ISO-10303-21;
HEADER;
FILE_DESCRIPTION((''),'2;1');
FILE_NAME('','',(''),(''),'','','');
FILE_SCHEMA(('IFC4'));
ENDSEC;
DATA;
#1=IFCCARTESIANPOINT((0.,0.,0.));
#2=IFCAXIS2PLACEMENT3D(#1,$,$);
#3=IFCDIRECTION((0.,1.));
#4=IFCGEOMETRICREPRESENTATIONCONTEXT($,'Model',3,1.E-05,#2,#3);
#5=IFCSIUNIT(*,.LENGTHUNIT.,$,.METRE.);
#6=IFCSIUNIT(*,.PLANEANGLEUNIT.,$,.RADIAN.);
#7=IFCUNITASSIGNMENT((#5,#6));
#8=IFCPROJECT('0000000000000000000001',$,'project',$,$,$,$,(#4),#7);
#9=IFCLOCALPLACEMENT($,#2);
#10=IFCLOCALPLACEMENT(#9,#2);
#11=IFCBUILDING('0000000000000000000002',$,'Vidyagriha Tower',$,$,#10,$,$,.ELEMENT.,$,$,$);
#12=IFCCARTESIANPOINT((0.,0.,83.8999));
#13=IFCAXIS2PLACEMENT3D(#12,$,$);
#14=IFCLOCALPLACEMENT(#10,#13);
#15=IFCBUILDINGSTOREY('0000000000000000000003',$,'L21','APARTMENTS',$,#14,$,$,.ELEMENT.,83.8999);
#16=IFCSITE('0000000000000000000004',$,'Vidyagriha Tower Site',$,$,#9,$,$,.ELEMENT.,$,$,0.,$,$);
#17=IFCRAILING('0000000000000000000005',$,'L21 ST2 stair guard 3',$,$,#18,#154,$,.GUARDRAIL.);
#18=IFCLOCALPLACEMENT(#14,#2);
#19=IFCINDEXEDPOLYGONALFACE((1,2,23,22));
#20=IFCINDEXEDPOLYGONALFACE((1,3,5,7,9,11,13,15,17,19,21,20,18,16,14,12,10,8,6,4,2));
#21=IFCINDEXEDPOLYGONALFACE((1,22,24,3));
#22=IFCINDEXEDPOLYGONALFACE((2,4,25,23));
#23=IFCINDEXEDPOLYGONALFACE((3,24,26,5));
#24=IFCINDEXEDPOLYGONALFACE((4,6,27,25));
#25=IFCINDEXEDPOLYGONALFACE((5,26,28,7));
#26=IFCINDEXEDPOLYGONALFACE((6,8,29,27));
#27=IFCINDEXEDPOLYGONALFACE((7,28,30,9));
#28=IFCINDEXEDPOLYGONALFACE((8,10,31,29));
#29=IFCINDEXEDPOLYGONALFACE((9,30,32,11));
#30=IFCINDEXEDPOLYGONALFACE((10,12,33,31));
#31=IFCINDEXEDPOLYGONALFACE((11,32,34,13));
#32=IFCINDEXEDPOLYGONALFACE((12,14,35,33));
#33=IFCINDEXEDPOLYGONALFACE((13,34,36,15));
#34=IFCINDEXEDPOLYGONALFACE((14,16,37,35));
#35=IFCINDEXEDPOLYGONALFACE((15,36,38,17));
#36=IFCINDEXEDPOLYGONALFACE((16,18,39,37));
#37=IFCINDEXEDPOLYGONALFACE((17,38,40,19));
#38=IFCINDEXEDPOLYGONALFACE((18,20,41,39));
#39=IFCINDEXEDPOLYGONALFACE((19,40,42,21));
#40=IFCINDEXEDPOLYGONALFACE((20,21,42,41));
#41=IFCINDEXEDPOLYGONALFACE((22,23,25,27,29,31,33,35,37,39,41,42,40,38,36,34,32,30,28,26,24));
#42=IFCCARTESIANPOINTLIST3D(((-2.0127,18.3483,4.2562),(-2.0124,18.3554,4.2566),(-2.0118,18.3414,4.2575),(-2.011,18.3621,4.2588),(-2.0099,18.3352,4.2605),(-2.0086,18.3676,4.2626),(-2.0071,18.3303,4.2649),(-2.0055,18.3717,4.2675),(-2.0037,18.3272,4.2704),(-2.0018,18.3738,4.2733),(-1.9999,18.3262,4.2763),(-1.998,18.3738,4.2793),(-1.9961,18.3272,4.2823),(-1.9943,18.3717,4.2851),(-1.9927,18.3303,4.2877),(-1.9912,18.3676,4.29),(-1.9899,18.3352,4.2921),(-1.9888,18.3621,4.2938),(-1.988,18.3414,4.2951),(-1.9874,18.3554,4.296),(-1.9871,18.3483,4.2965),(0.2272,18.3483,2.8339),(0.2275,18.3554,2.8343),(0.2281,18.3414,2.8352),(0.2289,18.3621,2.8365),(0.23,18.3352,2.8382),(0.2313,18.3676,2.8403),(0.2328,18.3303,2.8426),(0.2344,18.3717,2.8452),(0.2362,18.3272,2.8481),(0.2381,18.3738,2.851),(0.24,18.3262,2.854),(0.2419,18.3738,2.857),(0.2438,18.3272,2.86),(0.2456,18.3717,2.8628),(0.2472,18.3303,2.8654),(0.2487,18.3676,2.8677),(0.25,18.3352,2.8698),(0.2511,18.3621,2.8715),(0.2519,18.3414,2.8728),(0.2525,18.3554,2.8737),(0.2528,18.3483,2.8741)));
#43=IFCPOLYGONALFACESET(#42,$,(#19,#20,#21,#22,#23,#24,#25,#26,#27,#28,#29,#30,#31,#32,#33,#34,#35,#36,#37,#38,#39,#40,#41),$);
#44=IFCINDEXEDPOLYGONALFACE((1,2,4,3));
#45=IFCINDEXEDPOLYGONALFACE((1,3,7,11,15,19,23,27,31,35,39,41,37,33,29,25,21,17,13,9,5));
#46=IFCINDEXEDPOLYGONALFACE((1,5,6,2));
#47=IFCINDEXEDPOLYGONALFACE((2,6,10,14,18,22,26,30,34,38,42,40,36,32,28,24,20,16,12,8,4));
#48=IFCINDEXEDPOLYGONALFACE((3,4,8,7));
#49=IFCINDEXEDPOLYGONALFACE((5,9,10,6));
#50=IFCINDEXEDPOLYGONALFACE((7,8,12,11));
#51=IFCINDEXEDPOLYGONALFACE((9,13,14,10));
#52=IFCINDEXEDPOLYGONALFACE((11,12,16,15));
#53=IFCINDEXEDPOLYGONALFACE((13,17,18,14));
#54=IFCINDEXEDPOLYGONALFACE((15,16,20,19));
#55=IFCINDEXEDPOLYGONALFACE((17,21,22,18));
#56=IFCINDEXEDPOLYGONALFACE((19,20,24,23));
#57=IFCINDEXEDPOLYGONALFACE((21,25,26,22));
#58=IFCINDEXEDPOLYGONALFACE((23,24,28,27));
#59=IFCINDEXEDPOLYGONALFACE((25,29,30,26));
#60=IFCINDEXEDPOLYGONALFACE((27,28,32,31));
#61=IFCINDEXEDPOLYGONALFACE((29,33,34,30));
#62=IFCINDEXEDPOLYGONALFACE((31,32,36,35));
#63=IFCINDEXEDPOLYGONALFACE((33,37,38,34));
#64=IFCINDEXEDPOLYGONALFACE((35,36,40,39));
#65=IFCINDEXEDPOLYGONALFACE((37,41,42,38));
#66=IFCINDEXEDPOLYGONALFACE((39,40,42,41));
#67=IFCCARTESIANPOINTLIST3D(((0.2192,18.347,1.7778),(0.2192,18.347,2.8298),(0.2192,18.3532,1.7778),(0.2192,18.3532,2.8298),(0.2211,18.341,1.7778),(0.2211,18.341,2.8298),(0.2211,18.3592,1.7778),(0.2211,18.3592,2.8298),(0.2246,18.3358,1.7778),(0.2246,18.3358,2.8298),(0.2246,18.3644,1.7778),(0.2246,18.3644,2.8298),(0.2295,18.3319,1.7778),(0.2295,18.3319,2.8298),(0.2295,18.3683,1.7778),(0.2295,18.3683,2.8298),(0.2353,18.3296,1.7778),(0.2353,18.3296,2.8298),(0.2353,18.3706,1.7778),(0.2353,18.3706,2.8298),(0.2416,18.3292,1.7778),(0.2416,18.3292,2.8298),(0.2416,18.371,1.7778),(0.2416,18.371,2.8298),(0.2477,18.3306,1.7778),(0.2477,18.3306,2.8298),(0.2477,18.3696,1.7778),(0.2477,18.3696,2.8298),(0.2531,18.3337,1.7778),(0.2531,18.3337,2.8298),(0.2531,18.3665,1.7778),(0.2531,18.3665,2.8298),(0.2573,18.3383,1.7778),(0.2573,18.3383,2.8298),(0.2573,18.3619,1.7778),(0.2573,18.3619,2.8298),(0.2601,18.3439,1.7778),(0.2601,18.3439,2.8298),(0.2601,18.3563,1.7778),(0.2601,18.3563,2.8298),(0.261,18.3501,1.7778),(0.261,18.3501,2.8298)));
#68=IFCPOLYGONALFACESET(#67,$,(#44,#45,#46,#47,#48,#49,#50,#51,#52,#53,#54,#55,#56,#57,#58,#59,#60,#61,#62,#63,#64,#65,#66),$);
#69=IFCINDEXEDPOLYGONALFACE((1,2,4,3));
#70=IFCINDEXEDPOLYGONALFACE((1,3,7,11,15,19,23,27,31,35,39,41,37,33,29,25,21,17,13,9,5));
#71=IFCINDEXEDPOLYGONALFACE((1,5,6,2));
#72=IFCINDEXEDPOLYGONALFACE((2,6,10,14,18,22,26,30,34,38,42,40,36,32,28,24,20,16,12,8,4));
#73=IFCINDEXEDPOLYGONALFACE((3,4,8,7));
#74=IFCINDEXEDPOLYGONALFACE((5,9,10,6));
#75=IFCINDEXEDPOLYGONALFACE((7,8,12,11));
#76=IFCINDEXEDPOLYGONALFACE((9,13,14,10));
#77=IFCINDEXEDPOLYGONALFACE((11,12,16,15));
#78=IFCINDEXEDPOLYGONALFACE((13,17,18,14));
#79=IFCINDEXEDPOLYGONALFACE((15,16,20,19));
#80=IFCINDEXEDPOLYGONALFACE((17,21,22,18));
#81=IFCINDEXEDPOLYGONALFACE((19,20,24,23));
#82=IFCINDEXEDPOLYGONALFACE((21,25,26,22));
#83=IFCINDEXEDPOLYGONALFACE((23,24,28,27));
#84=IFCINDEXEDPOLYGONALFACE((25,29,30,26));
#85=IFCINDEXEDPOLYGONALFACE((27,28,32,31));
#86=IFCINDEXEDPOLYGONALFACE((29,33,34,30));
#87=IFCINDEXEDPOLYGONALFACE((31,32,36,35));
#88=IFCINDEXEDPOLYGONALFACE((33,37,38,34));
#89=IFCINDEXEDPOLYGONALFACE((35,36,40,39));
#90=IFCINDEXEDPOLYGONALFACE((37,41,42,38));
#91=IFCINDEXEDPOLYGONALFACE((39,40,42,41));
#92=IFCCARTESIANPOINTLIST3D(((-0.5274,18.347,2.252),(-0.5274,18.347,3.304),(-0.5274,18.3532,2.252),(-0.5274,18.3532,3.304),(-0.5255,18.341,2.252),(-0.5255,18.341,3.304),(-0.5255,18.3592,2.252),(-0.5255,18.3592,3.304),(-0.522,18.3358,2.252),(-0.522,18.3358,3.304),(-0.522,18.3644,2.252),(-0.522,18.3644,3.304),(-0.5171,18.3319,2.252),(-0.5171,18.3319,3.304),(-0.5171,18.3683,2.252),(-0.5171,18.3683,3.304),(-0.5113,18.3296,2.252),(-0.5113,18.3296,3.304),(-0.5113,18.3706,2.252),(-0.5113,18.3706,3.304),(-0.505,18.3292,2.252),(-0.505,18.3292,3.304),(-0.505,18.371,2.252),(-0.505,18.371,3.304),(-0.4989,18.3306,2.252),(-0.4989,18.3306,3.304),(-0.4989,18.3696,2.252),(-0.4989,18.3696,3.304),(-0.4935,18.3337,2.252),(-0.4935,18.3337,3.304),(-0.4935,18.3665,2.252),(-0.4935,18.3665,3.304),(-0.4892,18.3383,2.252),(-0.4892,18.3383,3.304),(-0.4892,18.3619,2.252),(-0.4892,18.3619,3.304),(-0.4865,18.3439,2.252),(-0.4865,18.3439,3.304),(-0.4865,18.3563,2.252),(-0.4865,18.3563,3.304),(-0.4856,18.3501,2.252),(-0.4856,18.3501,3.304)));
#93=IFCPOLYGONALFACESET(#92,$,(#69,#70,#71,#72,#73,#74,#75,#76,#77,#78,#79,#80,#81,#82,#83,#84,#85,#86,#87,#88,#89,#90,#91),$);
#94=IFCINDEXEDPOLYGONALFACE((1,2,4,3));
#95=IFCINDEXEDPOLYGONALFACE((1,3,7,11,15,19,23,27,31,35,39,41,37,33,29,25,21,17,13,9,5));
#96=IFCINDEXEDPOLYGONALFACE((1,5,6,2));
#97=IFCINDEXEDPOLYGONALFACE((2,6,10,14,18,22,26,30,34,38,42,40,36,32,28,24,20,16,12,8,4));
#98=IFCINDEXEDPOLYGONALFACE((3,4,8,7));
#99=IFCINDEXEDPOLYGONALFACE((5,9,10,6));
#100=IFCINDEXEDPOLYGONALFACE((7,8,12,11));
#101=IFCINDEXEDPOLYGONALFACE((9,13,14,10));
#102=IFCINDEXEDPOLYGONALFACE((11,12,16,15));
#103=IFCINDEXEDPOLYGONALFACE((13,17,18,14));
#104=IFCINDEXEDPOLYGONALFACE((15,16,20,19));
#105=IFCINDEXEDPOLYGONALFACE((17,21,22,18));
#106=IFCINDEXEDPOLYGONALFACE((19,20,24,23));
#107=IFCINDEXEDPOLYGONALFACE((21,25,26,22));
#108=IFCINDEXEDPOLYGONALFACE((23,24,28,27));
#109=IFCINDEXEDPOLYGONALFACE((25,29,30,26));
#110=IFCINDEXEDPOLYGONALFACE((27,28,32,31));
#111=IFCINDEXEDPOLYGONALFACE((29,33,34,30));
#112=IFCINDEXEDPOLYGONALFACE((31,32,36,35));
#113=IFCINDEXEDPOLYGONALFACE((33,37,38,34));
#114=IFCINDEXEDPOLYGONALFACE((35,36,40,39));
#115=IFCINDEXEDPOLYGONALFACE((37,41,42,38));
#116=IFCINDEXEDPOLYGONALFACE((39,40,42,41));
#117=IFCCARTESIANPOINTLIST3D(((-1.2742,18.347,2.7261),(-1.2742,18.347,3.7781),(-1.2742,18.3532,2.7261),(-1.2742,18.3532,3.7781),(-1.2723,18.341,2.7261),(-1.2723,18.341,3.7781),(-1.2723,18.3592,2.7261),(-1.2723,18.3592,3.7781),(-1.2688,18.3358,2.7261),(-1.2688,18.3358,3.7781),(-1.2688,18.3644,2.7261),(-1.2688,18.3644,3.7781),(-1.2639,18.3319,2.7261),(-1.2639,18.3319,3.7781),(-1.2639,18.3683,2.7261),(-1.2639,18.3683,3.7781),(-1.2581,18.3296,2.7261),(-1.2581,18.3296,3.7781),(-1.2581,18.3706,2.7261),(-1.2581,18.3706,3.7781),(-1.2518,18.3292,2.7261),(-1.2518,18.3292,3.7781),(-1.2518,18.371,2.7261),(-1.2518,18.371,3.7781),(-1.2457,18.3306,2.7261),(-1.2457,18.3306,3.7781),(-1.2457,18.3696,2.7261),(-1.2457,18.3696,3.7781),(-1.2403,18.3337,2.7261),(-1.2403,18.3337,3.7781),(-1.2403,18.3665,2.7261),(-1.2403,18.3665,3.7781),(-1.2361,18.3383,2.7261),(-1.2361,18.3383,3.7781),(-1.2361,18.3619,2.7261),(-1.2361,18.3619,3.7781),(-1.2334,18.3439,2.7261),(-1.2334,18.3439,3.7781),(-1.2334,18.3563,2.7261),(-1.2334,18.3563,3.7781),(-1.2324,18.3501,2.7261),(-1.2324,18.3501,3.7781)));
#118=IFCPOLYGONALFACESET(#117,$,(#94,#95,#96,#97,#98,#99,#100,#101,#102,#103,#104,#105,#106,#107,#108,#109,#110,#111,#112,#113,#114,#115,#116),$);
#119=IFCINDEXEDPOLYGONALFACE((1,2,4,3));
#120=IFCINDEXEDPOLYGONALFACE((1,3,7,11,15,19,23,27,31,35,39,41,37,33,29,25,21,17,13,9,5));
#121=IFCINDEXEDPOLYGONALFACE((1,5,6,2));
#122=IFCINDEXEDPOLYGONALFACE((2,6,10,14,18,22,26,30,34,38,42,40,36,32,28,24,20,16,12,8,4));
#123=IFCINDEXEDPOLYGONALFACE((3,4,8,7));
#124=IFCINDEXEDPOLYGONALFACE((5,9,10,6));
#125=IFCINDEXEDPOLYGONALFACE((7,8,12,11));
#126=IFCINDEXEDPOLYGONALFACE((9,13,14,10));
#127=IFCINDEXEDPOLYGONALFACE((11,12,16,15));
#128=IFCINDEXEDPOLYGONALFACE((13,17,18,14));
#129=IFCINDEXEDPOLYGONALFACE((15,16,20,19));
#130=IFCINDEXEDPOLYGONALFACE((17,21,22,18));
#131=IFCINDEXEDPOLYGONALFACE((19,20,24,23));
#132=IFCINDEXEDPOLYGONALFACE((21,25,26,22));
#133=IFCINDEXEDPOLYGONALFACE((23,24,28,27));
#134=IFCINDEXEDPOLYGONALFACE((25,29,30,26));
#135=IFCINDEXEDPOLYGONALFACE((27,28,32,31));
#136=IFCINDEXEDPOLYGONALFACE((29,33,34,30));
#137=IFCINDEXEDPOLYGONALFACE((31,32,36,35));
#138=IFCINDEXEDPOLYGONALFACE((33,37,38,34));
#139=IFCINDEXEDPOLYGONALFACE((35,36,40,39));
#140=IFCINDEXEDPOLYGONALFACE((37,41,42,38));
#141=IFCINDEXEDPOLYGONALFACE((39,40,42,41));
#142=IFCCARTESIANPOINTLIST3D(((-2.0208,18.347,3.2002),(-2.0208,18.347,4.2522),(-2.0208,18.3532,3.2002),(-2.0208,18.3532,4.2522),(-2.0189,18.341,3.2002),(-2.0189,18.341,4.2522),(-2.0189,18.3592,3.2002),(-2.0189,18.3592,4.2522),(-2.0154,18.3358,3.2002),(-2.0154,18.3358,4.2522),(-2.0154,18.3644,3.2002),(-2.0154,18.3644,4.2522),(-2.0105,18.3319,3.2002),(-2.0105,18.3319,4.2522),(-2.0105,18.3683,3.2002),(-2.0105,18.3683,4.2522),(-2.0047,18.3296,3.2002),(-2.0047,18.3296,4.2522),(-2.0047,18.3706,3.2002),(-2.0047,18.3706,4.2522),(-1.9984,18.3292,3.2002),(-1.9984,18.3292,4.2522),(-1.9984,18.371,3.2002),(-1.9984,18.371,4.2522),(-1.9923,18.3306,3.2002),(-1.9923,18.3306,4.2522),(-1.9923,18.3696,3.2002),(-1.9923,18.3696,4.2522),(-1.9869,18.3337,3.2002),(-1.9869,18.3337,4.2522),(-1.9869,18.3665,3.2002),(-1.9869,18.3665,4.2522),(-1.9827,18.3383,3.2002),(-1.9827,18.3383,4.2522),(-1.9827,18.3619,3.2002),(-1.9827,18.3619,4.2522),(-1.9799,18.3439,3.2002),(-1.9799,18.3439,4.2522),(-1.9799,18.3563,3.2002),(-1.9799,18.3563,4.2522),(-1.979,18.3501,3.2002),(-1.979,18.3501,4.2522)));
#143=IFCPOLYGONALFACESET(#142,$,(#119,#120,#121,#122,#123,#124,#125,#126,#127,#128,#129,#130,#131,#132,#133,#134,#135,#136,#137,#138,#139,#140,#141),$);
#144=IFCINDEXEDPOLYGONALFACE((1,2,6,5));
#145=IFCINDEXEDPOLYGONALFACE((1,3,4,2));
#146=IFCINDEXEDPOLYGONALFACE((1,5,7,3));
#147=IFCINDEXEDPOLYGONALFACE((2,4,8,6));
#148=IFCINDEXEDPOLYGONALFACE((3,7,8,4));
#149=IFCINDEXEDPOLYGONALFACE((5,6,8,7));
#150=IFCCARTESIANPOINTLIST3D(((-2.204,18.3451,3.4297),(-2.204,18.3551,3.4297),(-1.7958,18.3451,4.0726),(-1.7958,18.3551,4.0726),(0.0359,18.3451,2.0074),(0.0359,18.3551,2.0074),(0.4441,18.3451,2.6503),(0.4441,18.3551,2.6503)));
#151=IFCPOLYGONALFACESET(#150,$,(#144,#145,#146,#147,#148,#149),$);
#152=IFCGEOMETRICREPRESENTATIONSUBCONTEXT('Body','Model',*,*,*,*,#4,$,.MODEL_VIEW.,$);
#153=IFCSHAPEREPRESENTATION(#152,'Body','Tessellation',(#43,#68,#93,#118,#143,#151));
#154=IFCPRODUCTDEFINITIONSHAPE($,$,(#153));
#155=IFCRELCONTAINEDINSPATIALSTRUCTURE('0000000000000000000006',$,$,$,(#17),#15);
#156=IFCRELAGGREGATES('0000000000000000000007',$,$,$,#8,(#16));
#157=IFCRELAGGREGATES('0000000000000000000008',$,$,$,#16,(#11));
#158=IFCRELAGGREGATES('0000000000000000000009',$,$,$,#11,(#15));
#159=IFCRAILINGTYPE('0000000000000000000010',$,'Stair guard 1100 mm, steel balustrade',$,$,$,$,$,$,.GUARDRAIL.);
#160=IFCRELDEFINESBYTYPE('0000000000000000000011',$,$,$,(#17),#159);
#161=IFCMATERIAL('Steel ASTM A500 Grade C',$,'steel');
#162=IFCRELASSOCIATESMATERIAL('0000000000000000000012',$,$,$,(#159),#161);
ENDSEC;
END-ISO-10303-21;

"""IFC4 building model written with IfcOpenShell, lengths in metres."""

from ifc_helpers import new_model, si_unit, direction, frame, origin, origin_2d, place, context, subcontext, project, spatial, rectangle, circle, extrude, material, type_object, element, save


model = new_model("IFC4")

# Units and contexts
model_context = context("Model", 3, precision=1e-05, world=origin(), true_north=direction((0.0, 1.0)))
body_context = subcontext(model_context, "Body", "Model", "MODEL_VIEW")
ifc_project = project(units=[si_unit("LENGTHUNIT", "METRE"), si_unit("PLANEANGLEUNIT", "RADIAN")], contexts=[model_context])

# Site, building, storey
site_placement = place(None, origin())
site = spatial("IfcSite", under=ifc_project, at=site_placement, Name="Vidyagriha Tower Site", CompositionType="ELEMENT", RefElevation=0.0)
building_placement = place(site_placement, origin())
building = spatial("IfcBuilding", under=site, at=building_placement, Name="Vidyagriha Tower", CompositionType="ELEMENT")
storey_placement = place(building_placement, frame((0.0, 0.0, 83.8999)))
storey = spatial("IfcBuildingStorey", under=building, at=storey_placement, Name="L21", Description="APARTMENTS", CompositionType="ELEMENT", Elevation=83.8999)

# Railing
ifc_material_1 = material(Name="Steel ASTM A500 Grade C", Category="steel")
railing_type_1 = type_object("IfcRailingType", Name="Stair guard 1100 mm, steel balustrade", PredefinedType="GUARDRAIL", material=ifc_material_1)
railing_1_placement = place(storey_placement, frame((0.24, 18.3501, 1.7778)))
element("IfcRailing", 1, at=railing_1_placement, inside=storey, type_object=railing_type_1, Name="L21 ST2 stair guard 3", PredefinedType="GUARDRAIL", context=body_context, shape_type="SweptSolid", body=[
    extrude(circle(Radius=0.0239, at=origin_2d()), frame((0.0, 0.0, 1.0762), z_axis=(-0.844188, 0.0, 0.536048), x_axis=(0.0, -1.0, 0.0)), (0.0, 0.0, 1.0), 2.6533),
    extrude(circle(Radius=0.021, at=origin_2d()), origin(), (0.0, 0.0, 1.0), 1.052),
    extrude(circle(Radius=0.021, at=origin_2d()), frame((-0.7466, 0.0, 0.4741)), (0.0, 0.0, 1.0), 1.052),
    extrude(circle(Radius=0.021, at=origin_2d()), frame((-1.4934, 0.0, 0.9482)), (0.0, 0.0, 1.0), 1.052),
    extrude(circle(Radius=0.021, at=origin_2d()), frame((-2.24, 0.0, 1.4224)), (0.0, 0.0, 1.0), 1.052),
    extrude(rectangle(XDim=0.01, YDim=0.7615, at=origin_2d()), frame((0.0, 0.0, 0.551), z_axis=(-0.844188, 0.0, 0.536048), x_axis=(0.0, -1.0, 0.0)), (0.0, 0.0, 1.0), 2.6533),
])

save(model, "model.ifc")
